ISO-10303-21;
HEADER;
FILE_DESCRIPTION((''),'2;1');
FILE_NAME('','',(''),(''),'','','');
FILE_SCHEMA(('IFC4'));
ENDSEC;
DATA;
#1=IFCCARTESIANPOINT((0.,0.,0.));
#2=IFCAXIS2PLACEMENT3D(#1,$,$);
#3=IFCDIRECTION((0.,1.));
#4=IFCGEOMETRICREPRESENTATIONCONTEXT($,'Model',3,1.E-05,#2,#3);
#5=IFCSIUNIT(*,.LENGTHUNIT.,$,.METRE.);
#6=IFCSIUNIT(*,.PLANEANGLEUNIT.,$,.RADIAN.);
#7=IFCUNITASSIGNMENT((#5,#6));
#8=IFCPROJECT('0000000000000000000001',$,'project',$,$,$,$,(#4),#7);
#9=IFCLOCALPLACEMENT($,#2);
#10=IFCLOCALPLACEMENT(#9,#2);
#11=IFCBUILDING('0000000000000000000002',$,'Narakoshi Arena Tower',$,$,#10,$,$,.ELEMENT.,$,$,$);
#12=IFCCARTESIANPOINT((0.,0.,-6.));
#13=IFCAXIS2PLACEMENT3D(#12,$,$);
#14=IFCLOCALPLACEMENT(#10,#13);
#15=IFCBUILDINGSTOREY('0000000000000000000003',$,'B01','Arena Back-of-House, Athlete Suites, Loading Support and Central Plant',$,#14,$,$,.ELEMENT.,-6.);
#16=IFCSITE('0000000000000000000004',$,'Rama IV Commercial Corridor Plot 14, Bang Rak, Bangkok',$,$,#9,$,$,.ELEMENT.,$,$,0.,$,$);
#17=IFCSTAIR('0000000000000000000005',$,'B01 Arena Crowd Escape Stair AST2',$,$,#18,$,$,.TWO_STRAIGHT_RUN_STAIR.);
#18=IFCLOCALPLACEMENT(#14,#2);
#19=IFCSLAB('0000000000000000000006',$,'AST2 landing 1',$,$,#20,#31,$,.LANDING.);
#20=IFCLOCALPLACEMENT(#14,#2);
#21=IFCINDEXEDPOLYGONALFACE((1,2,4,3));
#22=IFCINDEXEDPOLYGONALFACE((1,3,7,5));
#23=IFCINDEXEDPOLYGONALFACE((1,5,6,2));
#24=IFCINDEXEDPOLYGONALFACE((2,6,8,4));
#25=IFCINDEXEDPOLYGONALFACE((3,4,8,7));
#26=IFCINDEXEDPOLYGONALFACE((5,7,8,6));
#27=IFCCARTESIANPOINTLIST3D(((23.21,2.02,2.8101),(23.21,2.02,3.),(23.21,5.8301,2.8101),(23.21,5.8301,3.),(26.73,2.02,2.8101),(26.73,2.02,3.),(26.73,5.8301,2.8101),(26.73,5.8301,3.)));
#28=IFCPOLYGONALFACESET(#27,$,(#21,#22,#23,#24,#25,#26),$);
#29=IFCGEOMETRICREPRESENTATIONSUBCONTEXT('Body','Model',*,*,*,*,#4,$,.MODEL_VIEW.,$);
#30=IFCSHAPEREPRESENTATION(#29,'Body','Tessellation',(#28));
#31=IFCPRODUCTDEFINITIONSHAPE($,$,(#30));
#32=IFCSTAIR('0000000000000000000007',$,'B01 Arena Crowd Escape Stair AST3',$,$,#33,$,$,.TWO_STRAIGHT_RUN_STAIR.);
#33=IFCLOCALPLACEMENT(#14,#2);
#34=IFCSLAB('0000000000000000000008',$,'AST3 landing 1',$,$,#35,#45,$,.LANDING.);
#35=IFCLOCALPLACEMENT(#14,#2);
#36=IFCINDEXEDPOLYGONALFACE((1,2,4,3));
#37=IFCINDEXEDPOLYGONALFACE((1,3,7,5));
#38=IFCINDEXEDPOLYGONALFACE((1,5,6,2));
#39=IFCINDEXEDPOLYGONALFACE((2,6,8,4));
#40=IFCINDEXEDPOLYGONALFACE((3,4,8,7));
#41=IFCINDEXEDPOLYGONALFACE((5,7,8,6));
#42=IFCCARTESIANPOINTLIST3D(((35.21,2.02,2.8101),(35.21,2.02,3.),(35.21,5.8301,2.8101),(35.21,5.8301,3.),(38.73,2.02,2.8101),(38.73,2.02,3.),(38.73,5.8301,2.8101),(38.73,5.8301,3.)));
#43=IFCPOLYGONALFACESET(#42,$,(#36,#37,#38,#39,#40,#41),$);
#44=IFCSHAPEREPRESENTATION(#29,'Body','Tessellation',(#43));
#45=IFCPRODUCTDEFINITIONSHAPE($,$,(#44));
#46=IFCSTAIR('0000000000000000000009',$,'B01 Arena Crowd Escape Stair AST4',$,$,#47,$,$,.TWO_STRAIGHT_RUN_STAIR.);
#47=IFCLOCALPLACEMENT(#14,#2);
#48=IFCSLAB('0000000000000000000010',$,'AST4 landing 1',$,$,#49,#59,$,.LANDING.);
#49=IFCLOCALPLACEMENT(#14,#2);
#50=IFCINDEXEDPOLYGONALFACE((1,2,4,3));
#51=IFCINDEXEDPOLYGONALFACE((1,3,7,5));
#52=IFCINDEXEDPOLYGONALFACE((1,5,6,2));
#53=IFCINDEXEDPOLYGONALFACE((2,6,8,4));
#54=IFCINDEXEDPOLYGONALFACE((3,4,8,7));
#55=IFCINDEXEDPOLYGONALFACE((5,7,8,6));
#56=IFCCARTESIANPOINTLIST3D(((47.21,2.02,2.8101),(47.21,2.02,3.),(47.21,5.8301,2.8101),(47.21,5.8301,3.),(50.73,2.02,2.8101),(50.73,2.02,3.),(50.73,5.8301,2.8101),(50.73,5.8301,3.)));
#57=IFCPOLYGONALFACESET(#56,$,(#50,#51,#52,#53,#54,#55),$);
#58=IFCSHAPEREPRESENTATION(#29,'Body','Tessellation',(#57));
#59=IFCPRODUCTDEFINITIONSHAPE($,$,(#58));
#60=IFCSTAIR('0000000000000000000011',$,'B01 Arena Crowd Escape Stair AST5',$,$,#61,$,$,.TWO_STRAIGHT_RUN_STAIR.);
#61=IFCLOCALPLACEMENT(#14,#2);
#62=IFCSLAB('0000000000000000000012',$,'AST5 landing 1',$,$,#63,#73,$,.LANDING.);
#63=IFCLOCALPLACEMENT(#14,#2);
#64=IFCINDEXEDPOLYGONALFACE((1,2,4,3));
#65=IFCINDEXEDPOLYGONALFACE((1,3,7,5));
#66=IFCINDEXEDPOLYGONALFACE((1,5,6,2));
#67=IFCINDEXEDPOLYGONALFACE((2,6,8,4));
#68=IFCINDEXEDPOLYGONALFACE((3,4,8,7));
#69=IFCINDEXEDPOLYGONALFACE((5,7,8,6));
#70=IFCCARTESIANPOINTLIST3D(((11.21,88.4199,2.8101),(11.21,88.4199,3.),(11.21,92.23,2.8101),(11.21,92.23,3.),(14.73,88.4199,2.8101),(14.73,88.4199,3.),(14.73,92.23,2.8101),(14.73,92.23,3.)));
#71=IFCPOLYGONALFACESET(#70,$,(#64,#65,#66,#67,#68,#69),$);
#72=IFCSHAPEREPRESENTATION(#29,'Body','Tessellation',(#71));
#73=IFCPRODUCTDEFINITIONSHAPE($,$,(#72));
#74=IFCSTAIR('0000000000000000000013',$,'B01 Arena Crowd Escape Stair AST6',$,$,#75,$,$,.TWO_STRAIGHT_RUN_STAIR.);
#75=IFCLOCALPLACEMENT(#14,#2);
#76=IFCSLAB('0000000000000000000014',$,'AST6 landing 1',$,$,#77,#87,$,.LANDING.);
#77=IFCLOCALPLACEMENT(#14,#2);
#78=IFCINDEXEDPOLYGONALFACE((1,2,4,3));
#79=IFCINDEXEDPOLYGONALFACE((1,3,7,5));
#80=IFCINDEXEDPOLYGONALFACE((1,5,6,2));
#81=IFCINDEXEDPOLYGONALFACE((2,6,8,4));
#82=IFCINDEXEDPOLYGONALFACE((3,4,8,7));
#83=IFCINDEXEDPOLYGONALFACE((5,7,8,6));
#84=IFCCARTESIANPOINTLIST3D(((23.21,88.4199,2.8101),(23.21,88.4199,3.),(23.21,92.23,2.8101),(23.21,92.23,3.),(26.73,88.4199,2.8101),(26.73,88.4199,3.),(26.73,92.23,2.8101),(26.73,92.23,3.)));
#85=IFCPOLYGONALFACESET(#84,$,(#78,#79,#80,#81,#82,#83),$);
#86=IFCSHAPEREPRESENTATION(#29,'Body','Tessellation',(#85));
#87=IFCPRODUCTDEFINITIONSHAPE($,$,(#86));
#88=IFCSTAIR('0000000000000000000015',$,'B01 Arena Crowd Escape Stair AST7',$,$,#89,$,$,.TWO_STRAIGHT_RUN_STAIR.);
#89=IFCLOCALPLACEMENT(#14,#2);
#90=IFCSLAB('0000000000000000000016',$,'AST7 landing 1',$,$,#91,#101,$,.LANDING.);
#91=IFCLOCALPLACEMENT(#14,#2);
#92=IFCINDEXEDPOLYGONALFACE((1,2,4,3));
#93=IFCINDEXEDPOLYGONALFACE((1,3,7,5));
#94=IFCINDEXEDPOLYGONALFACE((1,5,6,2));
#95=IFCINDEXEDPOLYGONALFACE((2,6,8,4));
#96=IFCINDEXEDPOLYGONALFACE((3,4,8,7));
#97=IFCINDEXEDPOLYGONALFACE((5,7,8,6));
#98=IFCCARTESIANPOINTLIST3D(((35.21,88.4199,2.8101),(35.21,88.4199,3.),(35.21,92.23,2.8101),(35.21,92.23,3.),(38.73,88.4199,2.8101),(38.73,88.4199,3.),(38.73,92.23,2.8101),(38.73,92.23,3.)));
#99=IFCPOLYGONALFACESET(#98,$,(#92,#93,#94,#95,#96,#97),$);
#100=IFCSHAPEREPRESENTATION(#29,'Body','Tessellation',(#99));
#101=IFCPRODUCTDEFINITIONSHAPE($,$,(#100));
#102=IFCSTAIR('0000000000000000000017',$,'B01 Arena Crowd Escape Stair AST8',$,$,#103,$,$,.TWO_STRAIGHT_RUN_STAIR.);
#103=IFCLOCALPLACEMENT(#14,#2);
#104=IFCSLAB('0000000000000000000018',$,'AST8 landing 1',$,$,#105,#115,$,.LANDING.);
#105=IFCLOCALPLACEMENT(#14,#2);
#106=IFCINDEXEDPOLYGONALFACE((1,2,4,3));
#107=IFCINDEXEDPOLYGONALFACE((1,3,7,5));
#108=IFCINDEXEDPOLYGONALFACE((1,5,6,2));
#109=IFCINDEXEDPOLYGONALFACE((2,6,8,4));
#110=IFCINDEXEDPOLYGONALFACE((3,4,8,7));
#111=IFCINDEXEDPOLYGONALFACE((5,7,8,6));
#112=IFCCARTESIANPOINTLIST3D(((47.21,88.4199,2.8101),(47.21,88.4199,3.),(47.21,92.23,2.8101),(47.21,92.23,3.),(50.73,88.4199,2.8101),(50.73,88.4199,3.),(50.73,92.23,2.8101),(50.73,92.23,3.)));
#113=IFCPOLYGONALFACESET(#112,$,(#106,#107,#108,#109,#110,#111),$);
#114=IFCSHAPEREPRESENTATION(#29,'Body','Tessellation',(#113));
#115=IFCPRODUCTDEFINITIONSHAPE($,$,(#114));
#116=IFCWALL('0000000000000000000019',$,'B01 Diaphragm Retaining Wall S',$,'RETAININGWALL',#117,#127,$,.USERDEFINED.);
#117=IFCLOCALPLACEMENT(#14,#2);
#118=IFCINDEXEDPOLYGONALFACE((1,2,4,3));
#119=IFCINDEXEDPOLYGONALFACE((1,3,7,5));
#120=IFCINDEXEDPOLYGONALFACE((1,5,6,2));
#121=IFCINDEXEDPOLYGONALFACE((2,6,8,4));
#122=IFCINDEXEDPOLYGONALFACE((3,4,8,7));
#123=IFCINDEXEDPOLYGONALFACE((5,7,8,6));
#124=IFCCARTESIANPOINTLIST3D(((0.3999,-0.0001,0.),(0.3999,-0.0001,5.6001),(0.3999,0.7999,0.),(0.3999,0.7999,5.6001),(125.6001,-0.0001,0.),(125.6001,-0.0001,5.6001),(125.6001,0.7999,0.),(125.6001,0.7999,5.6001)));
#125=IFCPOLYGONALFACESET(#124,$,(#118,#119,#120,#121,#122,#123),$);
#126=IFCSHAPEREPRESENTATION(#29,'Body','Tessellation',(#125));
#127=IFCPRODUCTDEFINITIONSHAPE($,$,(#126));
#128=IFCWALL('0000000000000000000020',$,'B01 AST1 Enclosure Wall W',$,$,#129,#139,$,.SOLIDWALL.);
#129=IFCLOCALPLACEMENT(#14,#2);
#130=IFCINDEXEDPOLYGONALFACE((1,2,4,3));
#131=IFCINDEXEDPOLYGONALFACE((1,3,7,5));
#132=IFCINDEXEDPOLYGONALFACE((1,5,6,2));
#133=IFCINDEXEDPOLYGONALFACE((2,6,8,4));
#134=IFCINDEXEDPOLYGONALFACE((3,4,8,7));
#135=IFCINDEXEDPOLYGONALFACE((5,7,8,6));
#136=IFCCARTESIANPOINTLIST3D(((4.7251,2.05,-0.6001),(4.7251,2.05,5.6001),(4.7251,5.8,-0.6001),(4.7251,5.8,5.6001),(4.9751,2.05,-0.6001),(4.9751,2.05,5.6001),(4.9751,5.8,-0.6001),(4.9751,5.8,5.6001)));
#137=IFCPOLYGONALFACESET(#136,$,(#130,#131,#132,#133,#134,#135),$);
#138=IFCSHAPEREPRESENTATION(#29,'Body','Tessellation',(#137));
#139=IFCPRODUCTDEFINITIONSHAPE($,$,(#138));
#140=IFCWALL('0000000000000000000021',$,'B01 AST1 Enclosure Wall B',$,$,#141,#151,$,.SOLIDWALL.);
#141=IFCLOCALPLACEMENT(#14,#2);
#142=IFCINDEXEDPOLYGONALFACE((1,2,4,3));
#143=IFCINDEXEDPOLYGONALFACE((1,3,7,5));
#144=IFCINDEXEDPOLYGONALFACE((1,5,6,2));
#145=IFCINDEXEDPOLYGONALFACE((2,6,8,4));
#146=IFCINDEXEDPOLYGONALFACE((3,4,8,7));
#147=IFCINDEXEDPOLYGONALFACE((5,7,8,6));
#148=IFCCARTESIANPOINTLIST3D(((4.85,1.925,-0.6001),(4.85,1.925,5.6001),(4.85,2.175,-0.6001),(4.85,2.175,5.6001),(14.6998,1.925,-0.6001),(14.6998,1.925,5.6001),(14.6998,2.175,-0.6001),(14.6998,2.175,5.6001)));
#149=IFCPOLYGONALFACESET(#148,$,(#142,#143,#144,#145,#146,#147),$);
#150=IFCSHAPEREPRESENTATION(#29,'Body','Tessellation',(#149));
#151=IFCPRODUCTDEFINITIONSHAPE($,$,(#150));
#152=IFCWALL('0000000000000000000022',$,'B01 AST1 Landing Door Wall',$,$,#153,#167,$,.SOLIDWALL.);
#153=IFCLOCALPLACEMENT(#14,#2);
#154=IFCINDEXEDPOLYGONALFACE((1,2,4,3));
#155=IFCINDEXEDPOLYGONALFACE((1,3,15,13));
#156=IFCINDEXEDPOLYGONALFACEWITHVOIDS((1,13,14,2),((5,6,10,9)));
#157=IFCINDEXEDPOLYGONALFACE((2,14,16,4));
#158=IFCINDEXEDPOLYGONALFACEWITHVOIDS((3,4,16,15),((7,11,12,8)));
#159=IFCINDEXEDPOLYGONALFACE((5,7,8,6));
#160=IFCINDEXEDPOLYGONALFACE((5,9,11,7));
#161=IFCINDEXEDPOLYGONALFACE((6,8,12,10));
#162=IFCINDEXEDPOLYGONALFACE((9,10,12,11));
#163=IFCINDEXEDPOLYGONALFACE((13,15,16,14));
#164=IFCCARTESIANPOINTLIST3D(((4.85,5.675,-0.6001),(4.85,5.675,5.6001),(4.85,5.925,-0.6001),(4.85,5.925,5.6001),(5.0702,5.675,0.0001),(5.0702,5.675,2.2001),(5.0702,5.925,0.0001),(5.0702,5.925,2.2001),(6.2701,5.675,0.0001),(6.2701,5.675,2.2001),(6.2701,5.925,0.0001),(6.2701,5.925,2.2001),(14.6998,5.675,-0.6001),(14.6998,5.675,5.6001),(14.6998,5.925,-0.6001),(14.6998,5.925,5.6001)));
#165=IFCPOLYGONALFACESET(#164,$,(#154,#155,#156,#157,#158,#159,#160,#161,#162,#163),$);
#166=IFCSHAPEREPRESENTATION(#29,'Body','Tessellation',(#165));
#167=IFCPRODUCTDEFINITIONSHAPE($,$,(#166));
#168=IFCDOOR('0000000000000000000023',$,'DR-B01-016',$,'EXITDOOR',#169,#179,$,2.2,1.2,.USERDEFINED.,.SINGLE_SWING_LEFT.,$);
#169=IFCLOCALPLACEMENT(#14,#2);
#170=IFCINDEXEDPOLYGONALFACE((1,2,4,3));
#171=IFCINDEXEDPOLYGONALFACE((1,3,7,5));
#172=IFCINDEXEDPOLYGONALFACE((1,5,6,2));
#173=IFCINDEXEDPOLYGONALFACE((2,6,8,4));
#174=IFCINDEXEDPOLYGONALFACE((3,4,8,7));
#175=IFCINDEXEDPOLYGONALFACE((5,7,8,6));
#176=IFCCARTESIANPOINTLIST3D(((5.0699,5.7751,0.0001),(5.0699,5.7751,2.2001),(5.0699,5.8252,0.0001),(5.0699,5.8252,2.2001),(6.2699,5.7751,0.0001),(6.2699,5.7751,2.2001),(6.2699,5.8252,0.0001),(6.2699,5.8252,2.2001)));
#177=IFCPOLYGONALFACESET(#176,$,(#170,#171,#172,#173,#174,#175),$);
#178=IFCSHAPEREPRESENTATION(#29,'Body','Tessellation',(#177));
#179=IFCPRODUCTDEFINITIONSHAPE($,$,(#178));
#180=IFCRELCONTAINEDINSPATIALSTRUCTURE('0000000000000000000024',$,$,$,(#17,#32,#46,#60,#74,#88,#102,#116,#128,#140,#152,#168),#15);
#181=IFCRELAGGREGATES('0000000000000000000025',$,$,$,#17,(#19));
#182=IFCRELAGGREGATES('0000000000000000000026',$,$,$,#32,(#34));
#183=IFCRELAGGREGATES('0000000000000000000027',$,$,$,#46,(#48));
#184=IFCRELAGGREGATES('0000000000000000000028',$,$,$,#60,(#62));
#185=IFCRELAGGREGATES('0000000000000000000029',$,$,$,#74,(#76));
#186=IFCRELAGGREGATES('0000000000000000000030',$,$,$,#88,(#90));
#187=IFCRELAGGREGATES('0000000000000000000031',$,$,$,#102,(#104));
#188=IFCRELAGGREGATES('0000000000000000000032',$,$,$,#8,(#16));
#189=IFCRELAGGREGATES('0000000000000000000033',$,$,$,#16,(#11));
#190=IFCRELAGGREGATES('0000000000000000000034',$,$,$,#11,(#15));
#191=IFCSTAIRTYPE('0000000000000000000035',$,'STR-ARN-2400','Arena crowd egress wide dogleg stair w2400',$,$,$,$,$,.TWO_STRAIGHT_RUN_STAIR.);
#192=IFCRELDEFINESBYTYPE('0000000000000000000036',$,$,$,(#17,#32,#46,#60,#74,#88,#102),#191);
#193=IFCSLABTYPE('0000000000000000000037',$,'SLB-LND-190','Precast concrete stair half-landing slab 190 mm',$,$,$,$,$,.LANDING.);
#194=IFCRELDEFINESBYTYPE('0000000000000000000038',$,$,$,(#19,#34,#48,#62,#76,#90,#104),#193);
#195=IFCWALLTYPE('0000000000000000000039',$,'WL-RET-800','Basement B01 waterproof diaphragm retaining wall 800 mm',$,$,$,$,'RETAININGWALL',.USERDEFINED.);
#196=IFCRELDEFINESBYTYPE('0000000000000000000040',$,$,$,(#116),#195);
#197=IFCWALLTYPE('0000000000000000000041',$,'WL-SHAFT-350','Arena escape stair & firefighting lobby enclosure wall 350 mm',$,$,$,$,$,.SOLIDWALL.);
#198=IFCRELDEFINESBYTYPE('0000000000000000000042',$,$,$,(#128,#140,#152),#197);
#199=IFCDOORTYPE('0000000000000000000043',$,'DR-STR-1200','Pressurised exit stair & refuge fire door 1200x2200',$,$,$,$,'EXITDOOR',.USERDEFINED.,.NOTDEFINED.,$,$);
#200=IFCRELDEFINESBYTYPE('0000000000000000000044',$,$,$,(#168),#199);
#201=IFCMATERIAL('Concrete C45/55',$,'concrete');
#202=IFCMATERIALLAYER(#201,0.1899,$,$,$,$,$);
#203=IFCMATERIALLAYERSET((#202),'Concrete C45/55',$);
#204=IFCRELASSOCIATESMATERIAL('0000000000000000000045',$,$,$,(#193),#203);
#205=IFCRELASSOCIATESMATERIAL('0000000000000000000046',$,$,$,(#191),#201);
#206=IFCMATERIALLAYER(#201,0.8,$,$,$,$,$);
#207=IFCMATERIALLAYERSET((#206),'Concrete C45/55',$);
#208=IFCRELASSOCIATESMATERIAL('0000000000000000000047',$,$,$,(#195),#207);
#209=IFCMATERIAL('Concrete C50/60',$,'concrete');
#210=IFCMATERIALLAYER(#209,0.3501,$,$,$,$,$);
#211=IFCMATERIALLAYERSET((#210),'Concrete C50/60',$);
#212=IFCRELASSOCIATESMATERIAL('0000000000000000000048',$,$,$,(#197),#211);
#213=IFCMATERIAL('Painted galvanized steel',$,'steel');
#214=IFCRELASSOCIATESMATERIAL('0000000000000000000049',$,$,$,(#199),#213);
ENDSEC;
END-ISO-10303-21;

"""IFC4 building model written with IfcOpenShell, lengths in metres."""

from ifc_helpers import new_model, si_unit, direction, frame, frame_2d, origin, place, context, subcontext, project, spatial, polyline, rectangle, outline, extrude, material, layer, layer_set, type_object, element, fill, aggregate, save


model = new_model("IFC4")

# Units and contexts
model_context = context("Model", 3, precision=1e-05, world=origin(), true_north=direction((0.0, 1.0)))
body_context = subcontext(model_context, "Body", "Model", "MODEL_VIEW")
ifc_project = project(units=[si_unit("LENGTHUNIT", "METRE"), si_unit("PLANEANGLEUNIT", "RADIAN")], contexts=[model_context])

# Site, building, storey
site_placement = place(None, origin())
site = spatial("IfcSite", under=ifc_project, at=site_placement, Name="Rama IV Commercial Corridor Plot 14, Bang Rak, Bangkok", CompositionType="ELEMENT", RefElevation=0.0)
building_placement = place(site_placement, origin())
building = spatial("IfcBuilding", under=site, at=building_placement, Name="Narakoshi Arena Tower", CompositionType="ELEMENT")
storey_placement = place(building_placement, frame((0.0, 0.0, -6.0)))
storey = spatial("IfcBuildingStorey", under=building, at=storey_placement, Name="B01", Description="Arena Back-of-House, Athlete Suites, Loading Support and Central Plant", CompositionType="ELEMENT", Elevation=-6.0)

# Shared definitions
ifc_material_1 = material(Name="Concrete C45/55", Category="concrete")

# Stairs, slabs
ifc_layer_1 = layer(ifc_material_1, 0.1899)
ifc_layer_set_1 = layer_set([ifc_layer_1], Name="Concrete C45/55")
slab_type_1 = type_object("IfcSlabType", Name="SLB-LND-190", Description="Precast concrete stair half-landing slab 190 mm", PredefinedType="LANDING", material=ifc_layer_set_1)
stair_type_1 = type_object("IfcStairType", Name="STR-ARN-2400", Description="Arena crowd egress wide dogleg stair w2400", PredefinedType="TWO_STRAIGHT_RUN_STAIR", material=ifc_material_1)
stair_1_placement = place(storey_placement, origin())
stair_1 = element("IfcStair", 1, at=stair_1_placement, inside=storey, type_object=stair_type_1, Name="B01 Arena Crowd Escape Stair AST2", PredefinedType="TWO_STRAIGHT_RUN_STAIR")
slab_1_placement = place(storey_placement, frame((0.0, 0.0, 2.8101)))
slab_1 = element("IfcSlab", 2, at=slab_1_placement, type_object=slab_type_1, Name="AST2 landing 1", PredefinedType="LANDING", context=body_context, shape_type="SweptSolid", body=[
    extrude(outline(polyline([(23.21, 2.02), (26.73, 2.02), (26.73, 5.8301), (23.21, 5.8301), (23.21, 2.02)])), origin(), (0.0, 0.0, 1.0), 0.1899),
])
aggregate(stair_1, [slab_1])
stair_2_placement = place(storey_placement, origin())
stair_2 = element("IfcStair", 3, at=stair_2_placement, inside=storey, type_object=stair_type_1, Name="B01 Arena Crowd Escape Stair AST3", PredefinedType="TWO_STRAIGHT_RUN_STAIR")
slab_2_placement = place(storey_placement, frame((0.0, 0.0, 2.8101)))
slab_2 = element("IfcSlab", 4, at=slab_2_placement, type_object=slab_type_1, Name="AST3 landing 1", PredefinedType="LANDING", context=body_context, shape_type="SweptSolid", body=[
    extrude(outline(polyline([(35.21, 2.02), (38.73, 2.02), (38.73, 5.8301), (35.21, 5.8301), (35.21, 2.02)])), origin(), (0.0, 0.0, 1.0), 0.1899),
])
aggregate(stair_2, [slab_2])
stair_3_placement = place(storey_placement, origin())
stair_3 = element("IfcStair", 5, at=stair_3_placement, inside=storey, type_object=stair_type_1, Name="B01 Arena Crowd Escape Stair AST4", PredefinedType="TWO_STRAIGHT_RUN_STAIR")
slab_3_placement = place(storey_placement, frame((0.0, 0.0, 2.8101)))
slab_3 = element("IfcSlab", 6, at=slab_3_placement, type_object=slab_type_1, Name="AST4 landing 1", PredefinedType="LANDING", context=body_context, shape_type="SweptSolid", body=[
    extrude(outline(polyline([(47.21, 2.02), (50.73, 2.02), (50.73, 5.8301), (47.21, 5.8301), (47.21, 2.02)])), origin(), (0.0, 0.0, 1.0), 0.1899),
])
aggregate(stair_3, [slab_3])
stair_4_placement = place(storey_placement, origin())
stair_4 = element("IfcStair", 7, at=stair_4_placement, inside=storey, type_object=stair_type_1, Name="B01 Arena Crowd Escape Stair AST5", PredefinedType="TWO_STRAIGHT_RUN_STAIR")
slab_4_placement = place(storey_placement, frame((0.0, 0.0, 2.8101)))
slab_4 = element("IfcSlab", 8, at=slab_4_placement, type_object=slab_type_1, Name="AST5 landing 1", PredefinedType="LANDING", context=body_context, shape_type="SweptSolid", body=[
    extrude(outline(polyline([(11.21, 88.4199), (14.73, 88.4199), (14.73, 92.23), (11.21, 92.23), (11.21, 88.4199)])), origin(), (0.0, 0.0, 1.0), 0.1899),
])
aggregate(stair_4, [slab_4])
stair_5_placement = place(storey_placement, origin())
stair_5 = element("IfcStair", 9, at=stair_5_placement, inside=storey, type_object=stair_type_1, Name="B01 Arena Crowd Escape Stair AST6", PredefinedType="TWO_STRAIGHT_RUN_STAIR")
slab_5_placement = place(storey_placement, frame((0.0, 0.0, 2.8101)))
slab_5 = element("IfcSlab", 10, at=slab_5_placement, type_object=slab_type_1, Name="AST6 landing 1", PredefinedType="LANDING", context=body_context, shape_type="SweptSolid", body=[
    extrude(outline(polyline([(23.21, 88.4199), (26.73, 88.4199), (26.73, 92.23), (23.21, 92.23), (23.21, 88.4199)])), origin(), (0.0, 0.0, 1.0), 0.1899),
])
aggregate(stair_5, [slab_5])
stair_6_placement = place(storey_placement, origin())
stair_6 = element("IfcStair", 11, at=stair_6_placement, inside=storey, type_object=stair_type_1, Name="B01 Arena Crowd Escape Stair AST7", PredefinedType="TWO_STRAIGHT_RUN_STAIR")
slab_6_placement = place(storey_placement, frame((0.0, 0.0, 2.8101)))
slab_6 = element("IfcSlab", 12, at=slab_6_placement, type_object=slab_type_1, Name="AST7 landing 1", PredefinedType="LANDING", context=body_context, shape_type="SweptSolid", body=[
    extrude(outline(polyline([(35.21, 88.4199), (38.73, 88.4199), (38.73, 92.23), (35.21, 92.23), (35.21, 88.4199)])), origin(), (0.0, 0.0, 1.0), 0.1899),
])
aggregate(stair_6, [slab_6])
stair_7_placement = place(storey_placement, origin())
stair_7 = element("IfcStair", 13, at=stair_7_placement, inside=storey, type_object=stair_type_1, Name="B01 Arena Crowd Escape Stair AST8", PredefinedType="TWO_STRAIGHT_RUN_STAIR")
slab_7_placement = place(storey_placement, frame((0.0, 0.0, 2.8101)))
slab_7 = element("IfcSlab", 14, at=slab_7_placement, type_object=slab_type_1, Name="AST8 landing 1", PredefinedType="LANDING", context=body_context, shape_type="SweptSolid", body=[
    extrude(outline(polyline([(47.21, 88.4199), (50.73, 88.4199), (50.73, 92.23), (47.21, 92.23), (47.21, 88.4199)])), origin(), (0.0, 0.0, 1.0), 0.1899),
])
aggregate(stair_7, [slab_7])

# Walls
ifc_layer_2 = layer(ifc_material_1, 0.8)
ifc_layer_set_2 = layer_set([ifc_layer_2], Name="Concrete C45/55")
wall_type_1 = type_object("IfcWallType", Name="WL-RET-800", Description="Basement B01 waterproof diaphragm retaining wall 800 mm", ElementType="RETAININGWALL", PredefinedType="USERDEFINED", material=ifc_layer_set_2)
wall_1_placement = place(storey_placement, frame((0.3999, 0.3999, 0.0), z_axis=(0.0, 0.0, 1.0), x_axis=(1.0, 0.0, 0.0)))
element("IfcWall", 15, at=wall_1_placement, inside=storey, type_object=wall_type_1, Name="B01 Diaphragm Retaining Wall S", ObjectType="RETAININGWALL", PredefinedType="USERDEFINED", context=body_context, shape_type="SweptSolid", body=[
    extrude(rectangle(XDim=125.2002, YDim=0.8, at=frame_2d((62.6001, 0.0))), origin(), (0.0, 0.0, 1.0), 5.6001),
])
ifc_material_2 = material(Name="Concrete C50/60", Category="concrete")
ifc_layer_3 = layer(ifc_material_2, 0.3501)
ifc_layer_set_3 = layer_set([ifc_layer_3], Name="Concrete C50/60")
wall_type_2 = type_object("IfcWallType", Name="WL-SHAFT-350", Description="Arena escape stair & firefighting lobby enclosure wall 350 mm", PredefinedType="SOLIDWALL", material=ifc_layer_set_3)
wall_2_placement = place(storey_placement, frame((4.8501, 2.05, -0.6001), z_axis=(0.0, 0.0, 1.0), x_axis=(0.0, 1.0, 0.0)))
element("IfcWall", 16, at=wall_2_placement, inside=storey, type_object=wall_type_2, Name="B01 AST1 Enclosure Wall W", PredefinedType="SOLIDWALL", context=body_context, shape_type="SweptSolid", body=[
    extrude(rectangle(XDim=3.75, YDim=0.25, at=frame_2d((1.875, 0.0))), origin(), (0.0, 0.0, 1.0), 6.2002),
])
wall_3_placement = place(storey_placement, frame((4.8501, 2.05, -0.6001), z_axis=(0.0, 0.0, 1.0), x_axis=(1.0, 0.0, 0.0)))
element("IfcWall", 17, at=wall_3_placement, inside=storey, type_object=wall_type_2, Name="B01 AST1 Enclosure Wall B", PredefinedType="SOLIDWALL", context=body_context, shape_type="SweptSolid", body=[
    extrude(rectangle(XDim=9.8499, YDim=0.25, at=frame_2d((4.9248, 0.0))), origin(), (0.0, 0.0, 1.0), 6.2002),
])

# Wall, opening, door
wall_4_placement = place(storey_placement, frame((4.8501, 5.8, -0.6001), z_axis=(0.0, 0.0, 1.0), x_axis=(1.0, 0.0, 0.0)))
wall_4 = element("IfcWall", 18, at=wall_4_placement, inside=storey, type_object=wall_type_2, Name="B01 AST1 Landing Door Wall", PredefinedType="SOLIDWALL", context=body_context, shape_type="SweptSolid", body=[
    extrude(rectangle(XDim=9.8499, YDim=0.25, at=frame_2d((4.9248, 0.0))), origin(), (0.0, 0.0, 1.0), 6.2002),
])
opening_placement = place(wall_4_placement, frame((0.22, 0.0, 0.6001)))
opening = element("IfcOpeningElement", 19, at=opening_placement, cuts=wall_4, PredefinedType="OPENING", context=body_context, shape_type="SweptSolid", body=[
    extrude(rectangle(XDim=1.2, YDim=2.2, at=frame_2d((0.6001, 1.1001))), frame((0.0, 0.135, 0.0), z_axis=(0.0, -1.0, 0.0), x_axis=(1.0, 0.0, 0.0)), (0.0, 0.0, 1.0), 0.27),
])
ifc_material_3 = material(Name="Painted galvanized steel", Category="steel")
door_type = type_object("IfcDoorType", Name="DR-STR-1200", Description="Pressurised exit stair & refuge fire door 1200x2200", ElementType="EXITDOOR", OperationType="NOTDEFINED", PredefinedType="USERDEFINED", material=ifc_material_3)
door_placement = place(opening_placement, frame((1.2, 0.0, 0.0), z_axis=(0.0, 0.0, 1.0), x_axis=(-1.0, 0.0, 0.0)))
door = element("IfcDoor", 20, at=door_placement, inside=storey, type_object=door_type, Name="DR-B01-016", ObjectType="EXITDOOR", OperationType="SINGLE_SWING_LEFT", OverallHeight=2.2, OverallWidth=1.2, PredefinedType="USERDEFINED", context=body_context, shape_type="SweptSolid", body=[
    extrude(rectangle(XDim=1.2, YDim=2.2, at=frame_2d((0.6001, 1.1001))), frame((0.0, 0.0249, 0.0), z_axis=(0.0, -1.0, 0.0), x_axis=(1.0, 0.0, 0.0)), (0.0, 0.0, 1.0), 0.05),
])
fill(opening, door)

save(model, "model.ifc")
